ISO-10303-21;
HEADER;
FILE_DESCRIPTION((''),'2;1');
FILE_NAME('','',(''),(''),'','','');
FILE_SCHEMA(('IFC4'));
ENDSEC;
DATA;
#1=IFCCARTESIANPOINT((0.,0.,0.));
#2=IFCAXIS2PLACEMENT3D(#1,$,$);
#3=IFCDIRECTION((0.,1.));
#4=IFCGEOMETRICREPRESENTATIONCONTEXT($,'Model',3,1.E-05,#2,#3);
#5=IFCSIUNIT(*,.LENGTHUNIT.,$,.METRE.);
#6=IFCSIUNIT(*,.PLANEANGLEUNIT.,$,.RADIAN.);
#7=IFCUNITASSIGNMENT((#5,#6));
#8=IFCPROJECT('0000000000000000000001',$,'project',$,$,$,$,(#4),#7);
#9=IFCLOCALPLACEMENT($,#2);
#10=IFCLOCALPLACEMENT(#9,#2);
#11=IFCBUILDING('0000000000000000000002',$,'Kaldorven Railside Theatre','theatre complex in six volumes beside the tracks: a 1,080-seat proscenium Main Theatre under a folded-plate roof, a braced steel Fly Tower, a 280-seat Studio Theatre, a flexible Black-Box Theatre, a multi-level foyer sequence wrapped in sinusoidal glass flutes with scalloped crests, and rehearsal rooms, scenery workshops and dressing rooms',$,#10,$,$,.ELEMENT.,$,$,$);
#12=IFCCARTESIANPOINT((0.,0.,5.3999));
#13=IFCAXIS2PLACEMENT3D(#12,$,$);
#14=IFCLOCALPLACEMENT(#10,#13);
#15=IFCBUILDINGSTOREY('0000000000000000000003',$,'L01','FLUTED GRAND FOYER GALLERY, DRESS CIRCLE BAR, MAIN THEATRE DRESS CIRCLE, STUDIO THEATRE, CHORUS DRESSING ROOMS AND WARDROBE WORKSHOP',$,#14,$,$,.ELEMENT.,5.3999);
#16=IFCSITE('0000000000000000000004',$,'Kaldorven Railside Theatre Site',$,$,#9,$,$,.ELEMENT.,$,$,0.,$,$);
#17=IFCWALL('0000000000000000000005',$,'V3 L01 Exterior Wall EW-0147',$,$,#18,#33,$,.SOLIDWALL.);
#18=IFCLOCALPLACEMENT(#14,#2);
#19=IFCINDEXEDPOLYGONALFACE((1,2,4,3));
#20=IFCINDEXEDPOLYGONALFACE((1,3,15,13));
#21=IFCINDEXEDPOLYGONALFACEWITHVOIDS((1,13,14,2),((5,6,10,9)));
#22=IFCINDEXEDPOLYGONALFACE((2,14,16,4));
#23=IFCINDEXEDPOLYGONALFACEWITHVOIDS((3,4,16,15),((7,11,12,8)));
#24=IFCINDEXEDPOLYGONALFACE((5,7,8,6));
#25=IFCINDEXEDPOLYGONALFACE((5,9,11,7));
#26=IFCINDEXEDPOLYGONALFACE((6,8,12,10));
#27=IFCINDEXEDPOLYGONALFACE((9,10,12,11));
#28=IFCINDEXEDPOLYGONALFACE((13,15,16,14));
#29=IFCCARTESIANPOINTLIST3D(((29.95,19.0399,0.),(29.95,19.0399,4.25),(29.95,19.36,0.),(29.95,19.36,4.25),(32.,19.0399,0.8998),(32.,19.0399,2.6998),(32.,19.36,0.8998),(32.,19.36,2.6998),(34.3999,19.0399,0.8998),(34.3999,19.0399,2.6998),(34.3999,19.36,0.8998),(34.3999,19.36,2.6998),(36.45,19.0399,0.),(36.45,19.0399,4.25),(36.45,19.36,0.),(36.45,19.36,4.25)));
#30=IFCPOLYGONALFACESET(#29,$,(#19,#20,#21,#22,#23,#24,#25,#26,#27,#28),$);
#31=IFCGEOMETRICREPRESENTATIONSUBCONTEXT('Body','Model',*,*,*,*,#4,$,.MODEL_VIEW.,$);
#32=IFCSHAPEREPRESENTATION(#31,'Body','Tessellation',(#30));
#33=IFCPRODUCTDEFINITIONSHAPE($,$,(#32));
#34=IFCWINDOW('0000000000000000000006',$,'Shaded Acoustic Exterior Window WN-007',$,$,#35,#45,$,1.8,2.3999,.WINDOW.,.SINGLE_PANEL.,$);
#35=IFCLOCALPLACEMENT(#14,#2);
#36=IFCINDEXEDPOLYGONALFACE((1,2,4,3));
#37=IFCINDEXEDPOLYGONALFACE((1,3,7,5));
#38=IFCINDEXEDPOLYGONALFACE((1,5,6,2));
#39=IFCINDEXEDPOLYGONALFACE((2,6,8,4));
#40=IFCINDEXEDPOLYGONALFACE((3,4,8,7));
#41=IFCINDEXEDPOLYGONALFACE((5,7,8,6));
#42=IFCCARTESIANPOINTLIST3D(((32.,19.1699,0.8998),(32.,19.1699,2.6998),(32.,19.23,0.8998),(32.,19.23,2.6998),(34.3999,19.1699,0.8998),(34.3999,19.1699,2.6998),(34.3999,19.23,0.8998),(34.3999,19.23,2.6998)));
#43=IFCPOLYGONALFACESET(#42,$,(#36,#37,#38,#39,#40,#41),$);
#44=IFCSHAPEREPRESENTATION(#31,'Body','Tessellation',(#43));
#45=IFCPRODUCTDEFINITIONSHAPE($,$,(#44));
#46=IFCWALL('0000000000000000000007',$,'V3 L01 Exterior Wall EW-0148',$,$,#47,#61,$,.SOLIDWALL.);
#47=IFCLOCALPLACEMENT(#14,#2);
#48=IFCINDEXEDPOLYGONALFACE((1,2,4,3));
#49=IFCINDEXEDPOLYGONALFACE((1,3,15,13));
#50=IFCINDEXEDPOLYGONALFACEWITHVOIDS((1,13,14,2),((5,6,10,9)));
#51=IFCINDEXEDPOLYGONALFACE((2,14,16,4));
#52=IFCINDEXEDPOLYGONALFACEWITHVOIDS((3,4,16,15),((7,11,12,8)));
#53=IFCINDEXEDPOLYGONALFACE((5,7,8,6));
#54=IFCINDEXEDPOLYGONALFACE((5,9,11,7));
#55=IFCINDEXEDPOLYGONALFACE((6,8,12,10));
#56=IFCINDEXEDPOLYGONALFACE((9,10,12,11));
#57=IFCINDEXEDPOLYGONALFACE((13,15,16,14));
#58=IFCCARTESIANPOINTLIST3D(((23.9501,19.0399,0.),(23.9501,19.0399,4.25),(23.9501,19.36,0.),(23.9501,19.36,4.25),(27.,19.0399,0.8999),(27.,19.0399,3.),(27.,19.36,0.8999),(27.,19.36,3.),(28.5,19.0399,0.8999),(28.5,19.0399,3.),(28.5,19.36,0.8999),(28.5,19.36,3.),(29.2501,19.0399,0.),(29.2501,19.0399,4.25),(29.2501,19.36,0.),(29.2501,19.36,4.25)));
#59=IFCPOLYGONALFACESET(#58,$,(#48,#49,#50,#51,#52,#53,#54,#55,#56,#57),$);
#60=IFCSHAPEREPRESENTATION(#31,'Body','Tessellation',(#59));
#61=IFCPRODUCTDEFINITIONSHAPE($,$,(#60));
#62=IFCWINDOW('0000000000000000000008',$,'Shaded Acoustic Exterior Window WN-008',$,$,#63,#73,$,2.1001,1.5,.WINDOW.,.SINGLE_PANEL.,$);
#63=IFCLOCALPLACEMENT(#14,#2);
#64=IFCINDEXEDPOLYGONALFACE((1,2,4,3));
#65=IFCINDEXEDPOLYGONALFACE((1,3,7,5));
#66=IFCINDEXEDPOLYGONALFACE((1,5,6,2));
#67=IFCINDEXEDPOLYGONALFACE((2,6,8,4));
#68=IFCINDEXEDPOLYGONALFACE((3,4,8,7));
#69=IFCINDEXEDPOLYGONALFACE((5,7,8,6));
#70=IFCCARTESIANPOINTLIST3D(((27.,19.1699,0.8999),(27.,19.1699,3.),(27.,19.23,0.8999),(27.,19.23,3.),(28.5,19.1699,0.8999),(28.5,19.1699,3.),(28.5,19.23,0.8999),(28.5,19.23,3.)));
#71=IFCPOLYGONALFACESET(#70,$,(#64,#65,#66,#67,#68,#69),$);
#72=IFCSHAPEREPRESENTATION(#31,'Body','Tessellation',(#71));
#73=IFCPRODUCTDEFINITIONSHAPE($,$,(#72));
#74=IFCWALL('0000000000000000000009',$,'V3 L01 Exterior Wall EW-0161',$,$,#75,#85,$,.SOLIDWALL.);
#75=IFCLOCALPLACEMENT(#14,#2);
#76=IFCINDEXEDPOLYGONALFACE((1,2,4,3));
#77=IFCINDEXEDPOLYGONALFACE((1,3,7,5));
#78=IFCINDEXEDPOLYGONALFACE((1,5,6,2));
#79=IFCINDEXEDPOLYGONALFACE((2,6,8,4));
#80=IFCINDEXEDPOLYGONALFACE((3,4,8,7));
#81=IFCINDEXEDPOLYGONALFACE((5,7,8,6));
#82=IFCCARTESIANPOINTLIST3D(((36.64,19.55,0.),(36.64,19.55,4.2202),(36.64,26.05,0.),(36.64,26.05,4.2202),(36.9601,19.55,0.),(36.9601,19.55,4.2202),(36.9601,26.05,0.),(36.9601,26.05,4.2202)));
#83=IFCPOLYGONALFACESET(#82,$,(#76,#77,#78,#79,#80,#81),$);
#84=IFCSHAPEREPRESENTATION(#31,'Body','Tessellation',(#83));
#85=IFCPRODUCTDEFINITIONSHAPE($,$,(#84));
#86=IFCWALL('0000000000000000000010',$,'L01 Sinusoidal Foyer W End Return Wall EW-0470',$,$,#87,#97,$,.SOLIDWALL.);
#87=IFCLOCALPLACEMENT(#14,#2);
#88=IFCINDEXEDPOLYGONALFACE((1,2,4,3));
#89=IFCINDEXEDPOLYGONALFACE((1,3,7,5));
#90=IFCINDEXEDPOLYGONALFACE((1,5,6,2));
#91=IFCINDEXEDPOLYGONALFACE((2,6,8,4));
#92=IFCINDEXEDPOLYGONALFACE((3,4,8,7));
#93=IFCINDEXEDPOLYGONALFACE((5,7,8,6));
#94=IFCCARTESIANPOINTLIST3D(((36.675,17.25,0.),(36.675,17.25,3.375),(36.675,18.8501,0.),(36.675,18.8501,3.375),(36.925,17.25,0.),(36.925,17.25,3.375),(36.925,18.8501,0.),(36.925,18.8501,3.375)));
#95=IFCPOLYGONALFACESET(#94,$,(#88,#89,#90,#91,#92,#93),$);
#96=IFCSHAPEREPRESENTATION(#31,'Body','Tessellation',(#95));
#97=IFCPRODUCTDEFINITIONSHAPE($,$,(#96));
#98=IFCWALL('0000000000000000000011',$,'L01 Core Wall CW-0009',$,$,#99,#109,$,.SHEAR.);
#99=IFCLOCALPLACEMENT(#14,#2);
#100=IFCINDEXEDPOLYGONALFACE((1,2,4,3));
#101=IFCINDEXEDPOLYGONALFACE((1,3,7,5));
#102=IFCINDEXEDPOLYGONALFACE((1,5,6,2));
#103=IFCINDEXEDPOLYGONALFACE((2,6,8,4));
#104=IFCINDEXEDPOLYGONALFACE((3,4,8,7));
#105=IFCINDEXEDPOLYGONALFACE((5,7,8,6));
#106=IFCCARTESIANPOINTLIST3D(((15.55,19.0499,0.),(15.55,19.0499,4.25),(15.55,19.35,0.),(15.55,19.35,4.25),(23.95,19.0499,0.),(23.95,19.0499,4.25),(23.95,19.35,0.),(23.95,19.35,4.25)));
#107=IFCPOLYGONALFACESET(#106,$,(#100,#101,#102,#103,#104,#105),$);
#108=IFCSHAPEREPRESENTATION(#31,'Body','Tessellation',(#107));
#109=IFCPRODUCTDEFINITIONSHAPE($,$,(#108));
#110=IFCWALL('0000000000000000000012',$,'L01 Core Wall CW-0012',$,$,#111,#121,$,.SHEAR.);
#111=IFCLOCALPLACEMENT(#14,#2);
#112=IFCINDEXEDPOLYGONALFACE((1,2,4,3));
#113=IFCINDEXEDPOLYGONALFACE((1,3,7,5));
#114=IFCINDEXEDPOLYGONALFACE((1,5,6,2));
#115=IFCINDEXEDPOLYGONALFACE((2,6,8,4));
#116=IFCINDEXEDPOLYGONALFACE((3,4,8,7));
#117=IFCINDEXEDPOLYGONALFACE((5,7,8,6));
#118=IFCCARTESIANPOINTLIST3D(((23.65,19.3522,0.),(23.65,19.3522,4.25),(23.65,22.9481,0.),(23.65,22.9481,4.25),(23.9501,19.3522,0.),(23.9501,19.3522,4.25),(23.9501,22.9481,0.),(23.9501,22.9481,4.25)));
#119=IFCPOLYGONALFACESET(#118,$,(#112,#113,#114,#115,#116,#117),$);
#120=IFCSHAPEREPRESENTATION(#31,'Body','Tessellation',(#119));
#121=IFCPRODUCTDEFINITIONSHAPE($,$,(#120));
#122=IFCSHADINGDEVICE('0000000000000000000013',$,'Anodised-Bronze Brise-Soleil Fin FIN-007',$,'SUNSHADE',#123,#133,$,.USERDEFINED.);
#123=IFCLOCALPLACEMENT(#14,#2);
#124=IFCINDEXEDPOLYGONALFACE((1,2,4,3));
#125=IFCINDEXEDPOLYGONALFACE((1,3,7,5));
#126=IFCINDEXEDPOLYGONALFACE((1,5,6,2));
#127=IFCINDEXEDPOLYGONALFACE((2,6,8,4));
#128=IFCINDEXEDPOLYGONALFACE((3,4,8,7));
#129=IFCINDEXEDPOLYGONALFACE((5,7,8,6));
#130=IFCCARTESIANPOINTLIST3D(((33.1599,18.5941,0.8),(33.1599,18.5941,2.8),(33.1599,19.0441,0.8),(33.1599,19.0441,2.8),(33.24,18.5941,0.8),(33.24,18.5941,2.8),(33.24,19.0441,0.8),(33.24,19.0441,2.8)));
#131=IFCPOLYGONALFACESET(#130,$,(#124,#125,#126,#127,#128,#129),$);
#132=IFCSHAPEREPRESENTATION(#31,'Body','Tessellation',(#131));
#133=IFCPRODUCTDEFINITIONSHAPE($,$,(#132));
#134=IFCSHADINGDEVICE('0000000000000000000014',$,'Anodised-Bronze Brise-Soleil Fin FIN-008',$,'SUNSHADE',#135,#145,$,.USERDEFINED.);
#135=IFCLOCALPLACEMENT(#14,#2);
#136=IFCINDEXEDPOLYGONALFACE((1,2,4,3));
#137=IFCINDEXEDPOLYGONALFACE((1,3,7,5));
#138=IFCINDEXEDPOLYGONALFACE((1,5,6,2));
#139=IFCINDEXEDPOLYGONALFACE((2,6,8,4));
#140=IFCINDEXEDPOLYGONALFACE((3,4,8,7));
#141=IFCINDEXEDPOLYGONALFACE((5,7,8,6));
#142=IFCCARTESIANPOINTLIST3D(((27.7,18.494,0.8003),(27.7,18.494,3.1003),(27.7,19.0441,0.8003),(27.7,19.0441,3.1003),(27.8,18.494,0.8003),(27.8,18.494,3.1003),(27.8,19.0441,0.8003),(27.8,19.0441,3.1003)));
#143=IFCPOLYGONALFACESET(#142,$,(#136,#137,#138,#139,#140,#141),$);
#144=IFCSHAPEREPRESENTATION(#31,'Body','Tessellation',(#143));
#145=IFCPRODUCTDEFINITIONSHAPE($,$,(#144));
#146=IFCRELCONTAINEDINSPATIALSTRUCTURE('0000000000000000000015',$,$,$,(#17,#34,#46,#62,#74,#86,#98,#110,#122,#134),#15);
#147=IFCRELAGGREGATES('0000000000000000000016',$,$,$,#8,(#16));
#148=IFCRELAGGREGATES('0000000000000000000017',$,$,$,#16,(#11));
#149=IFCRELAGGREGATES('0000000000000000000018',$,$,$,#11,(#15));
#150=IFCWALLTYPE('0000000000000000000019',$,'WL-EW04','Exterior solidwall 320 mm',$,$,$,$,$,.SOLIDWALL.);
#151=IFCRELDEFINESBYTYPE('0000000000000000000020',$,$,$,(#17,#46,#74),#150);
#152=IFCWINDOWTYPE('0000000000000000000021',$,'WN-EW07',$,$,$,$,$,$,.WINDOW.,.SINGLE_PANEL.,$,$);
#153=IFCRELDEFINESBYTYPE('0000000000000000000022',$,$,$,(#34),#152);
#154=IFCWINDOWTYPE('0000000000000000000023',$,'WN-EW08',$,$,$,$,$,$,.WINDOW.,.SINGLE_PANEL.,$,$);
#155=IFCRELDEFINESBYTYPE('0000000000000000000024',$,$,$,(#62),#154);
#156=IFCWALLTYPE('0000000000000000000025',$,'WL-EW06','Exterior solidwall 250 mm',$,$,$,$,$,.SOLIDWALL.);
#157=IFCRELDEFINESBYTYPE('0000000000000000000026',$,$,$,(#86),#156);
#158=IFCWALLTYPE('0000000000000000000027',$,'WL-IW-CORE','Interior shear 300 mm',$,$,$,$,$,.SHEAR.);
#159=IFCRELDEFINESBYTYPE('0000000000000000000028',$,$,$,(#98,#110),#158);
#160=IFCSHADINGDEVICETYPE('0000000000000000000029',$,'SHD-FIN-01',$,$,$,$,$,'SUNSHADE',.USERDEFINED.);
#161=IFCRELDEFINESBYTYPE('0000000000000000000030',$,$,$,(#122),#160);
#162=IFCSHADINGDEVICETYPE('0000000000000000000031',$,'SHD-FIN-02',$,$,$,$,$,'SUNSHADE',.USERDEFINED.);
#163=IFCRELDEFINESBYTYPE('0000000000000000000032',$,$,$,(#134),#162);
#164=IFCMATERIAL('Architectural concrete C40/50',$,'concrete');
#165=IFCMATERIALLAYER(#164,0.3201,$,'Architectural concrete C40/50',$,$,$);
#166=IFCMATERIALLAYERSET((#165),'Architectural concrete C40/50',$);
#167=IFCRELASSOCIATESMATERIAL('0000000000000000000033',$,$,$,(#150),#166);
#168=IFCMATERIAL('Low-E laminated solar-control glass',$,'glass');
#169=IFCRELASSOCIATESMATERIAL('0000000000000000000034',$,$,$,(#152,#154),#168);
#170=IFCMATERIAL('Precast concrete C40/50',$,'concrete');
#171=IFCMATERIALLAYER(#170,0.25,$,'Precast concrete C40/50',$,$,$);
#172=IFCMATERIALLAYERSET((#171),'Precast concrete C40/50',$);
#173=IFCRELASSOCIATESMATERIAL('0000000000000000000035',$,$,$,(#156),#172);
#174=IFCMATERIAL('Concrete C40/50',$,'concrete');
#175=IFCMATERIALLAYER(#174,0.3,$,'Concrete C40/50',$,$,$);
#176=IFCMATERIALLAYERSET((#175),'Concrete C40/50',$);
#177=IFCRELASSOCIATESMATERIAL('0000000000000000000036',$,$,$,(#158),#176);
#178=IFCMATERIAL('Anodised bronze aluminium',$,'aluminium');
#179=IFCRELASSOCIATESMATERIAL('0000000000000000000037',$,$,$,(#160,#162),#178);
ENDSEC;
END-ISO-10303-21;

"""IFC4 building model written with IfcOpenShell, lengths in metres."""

from ifc_helpers import new_model, si_unit, direction, frame, frame_2d, origin, origin_2d, place, context, subcontext, project, spatial, rectangle, extrude, material, layer, layer_set, type_object, element, fill, save


model = new_model("IFC4")

# Units and contexts
model_context = context("Model", 3, precision=1e-05, world=origin(), true_north=direction((0.0, 1.0)))
body_context = subcontext(model_context, "Body", "Model", "MODEL_VIEW")
ifc_project = project(units=[si_unit("LENGTHUNIT", "METRE"), si_unit("PLANEANGLEUNIT", "RADIAN")], contexts=[model_context])

# Site, building, storey
site_placement = place(None, origin())
site = spatial("IfcSite", under=ifc_project, at=site_placement, Name="Kaldorven Railside Theatre Site", CompositionType="ELEMENT", RefElevation=0.0)
building_placement = place(site_placement, origin())
building = spatial("IfcBuilding", under=site, at=building_placement, Name="Kaldorven Railside Theatre", Description="theatre complex in six volumes beside the tracks: a 1,080-seat proscenium Main Theatre under a folded-plate roof, a braced steel Fly Tower, a 280-seat Studio Theatre, a flexible Black-Box Theatre, a multi-level foyer sequence wrapped in sinusoidal glass flutes with scalloped crests, and rehearsal rooms, scenery workshops and dressing rooms", CompositionType="ELEMENT")
storey_placement = place(building_placement, frame((0.0, 0.0, 5.3999)))
storey = spatial("IfcBuildingStorey", under=building, at=storey_placement, Name="L01", Description="FLUTED GRAND FOYER GALLERY, DRESS CIRCLE BAR, MAIN THEATRE DRESS CIRCLE, STUDIO THEATRE, CHORUS DRESSING ROOMS AND WARDROBE WORKSHOP", CompositionType="ELEMENT", Elevation=5.3999)

# Shared definitions
ifc_material_1 = material(Name="Concrete C40/50", Category="concrete")

# Walls, openings, windows
ifc_material_2 = material(Name="Architectural concrete C40/50", Category="concrete")
ifc_layer_1 = layer(ifc_material_2, 0.3201, Name="Architectural concrete C40/50")
ifc_layer_set_1 = layer_set([ifc_layer_1], Name="Architectural concrete C40/50")
wall_type_1 = type_object("IfcWallType", Name="WL-EW04", Description="Exterior solidwall 320 mm", PredefinedType="SOLIDWALL", material=ifc_layer_set_1)
wall_1_placement = place(storey_placement, frame((36.45, 19.2, 0.0), z_axis=(0.0, 0.0, 1.0), x_axis=(-1.0, 0.0, 0.0)))
wall_1 = element("IfcWall", 1, at=wall_1_placement, inside=storey, type_object=wall_type_1, Name="V3 L01 Exterior Wall EW-0147", PredefinedType="SOLIDWALL", context=body_context, shape_type="SweptSolid", body=[
    extrude(rectangle(XDim=6.5, YDim=0.3201, at=frame_2d((3.25, 0.0))), origin(), (0.0, 0.0, 1.0), 4.25),
])
opening_1_placement = place(wall_1_placement, frame((2.05, 0.0, 0.8999)))
opening_1 = element("IfcOpeningElement", 2, at=opening_1_placement, cuts=wall_1, PredefinedType="OPENING", context=body_context, shape_type="SweptSolid", body=[
    extrude(rectangle(XDim=2.3999, YDim=1.8, at=frame_2d((1.2, 0.8999))), frame((0.0, 0.1699, 0.0), z_axis=(0.0, -1.0, 0.0), x_axis=(1.0, 0.0, 0.0)), (0.0, 0.0, 1.0), 0.3401),
])
ifc_material_3 = material(Name="Low-E laminated solar-control glass", Category="glass")
window_type_1 = type_object("IfcWindowType", Name="WN-EW07", PartitioningType="SINGLE_PANEL", PredefinedType="WINDOW", material=ifc_material_3)
window_1_placement = place(opening_1_placement, origin())
window_1 = element("IfcWindow", 3, at=window_1_placement, inside=storey, type_object=window_type_1, Name="Shaded Acoustic Exterior Window WN-007", OverallHeight=1.8, OverallWidth=2.3999, PartitioningType="SINGLE_PANEL", PredefinedType="WINDOW", context=body_context, shape_type="SweptSolid", body=[
    extrude(rectangle(XDim=2.3999, YDim=1.8, at=frame_2d((1.2, 0.8999))), frame((0.0, 0.03, 0.0), z_axis=(0.0, -1.0, 0.0), x_axis=(1.0, 0.0, 0.0)), (0.0, 0.0, 1.0), 0.0601),
])
fill(opening_1, window_1)
wall_2_placement = place(storey_placement, frame((29.25, 19.2, 0.0), z_axis=(0.0, 0.0, 1.0), x_axis=(-1.0, 0.0, 0.0)))
wall_2 = element("IfcWall", 4, at=wall_2_placement, inside=storey, type_object=wall_type_1, Name="V3 L01 Exterior Wall EW-0148", PredefinedType="SOLIDWALL", context=body_context, shape_type="SweptSolid", body=[
    extrude(rectangle(XDim=5.3, YDim=0.3201, at=frame_2d((2.6499, 0.0))), origin(), (0.0, 0.0, 1.0), 4.25),
])
opening_2_placement = place(wall_2_placement, frame((0.75, 0.0, 0.8999)))
opening_2 = element("IfcOpeningElement", 5, at=opening_2_placement, cuts=wall_2, PredefinedType="OPENING", context=body_context, shape_type="SweptSolid", body=[
    extrude(rectangle(XDim=1.5, YDim=2.1001, at=frame_2d((0.75, 1.05))), frame((0.0, 0.1699, 0.0), z_axis=(0.0, -1.0, 0.0), x_axis=(1.0, 0.0, 0.0)), (0.0, 0.0, 1.0), 0.3401),
])
window_type_2 = type_object("IfcWindowType", Name="WN-EW08", PartitioningType="SINGLE_PANEL", PredefinedType="WINDOW", material=ifc_material_3)
window_2_placement = place(opening_2_placement, origin())
window_2 = element("IfcWindow", 6, at=window_2_placement, inside=storey, type_object=window_type_2, Name="Shaded Acoustic Exterior Window WN-008", OverallHeight=2.1001, OverallWidth=1.5, PartitioningType="SINGLE_PANEL", PredefinedType="WINDOW", context=body_context, shape_type="SweptSolid", body=[
    extrude(rectangle(XDim=1.5, YDim=2.1001, at=frame_2d((0.75, 1.05))), frame((0.0, 0.03, 0.0), z_axis=(0.0, -1.0, 0.0), x_axis=(1.0, 0.0, 0.0)), (0.0, 0.0, 1.0), 0.0601),
])
fill(opening_2, window_2)

# Walls
wall_3_placement = place(storey_placement, frame((36.8, 26.05, 0.0), z_axis=(0.0, 0.0, 1.0), x_axis=(0.0, -1.0, 0.0)))
element("IfcWall", 7, at=wall_3_placement, inside=storey, type_object=wall_type_1, Name="V3 L01 Exterior Wall EW-0161", PredefinedType="SOLIDWALL", context=body_context, shape_type="SweptSolid", body=[
    extrude(rectangle(XDim=6.5, YDim=0.3201, at=frame_2d((3.25, 0.0))), origin(), (0.0, 0.0, 1.0), 4.2202),
])
ifc_material_4 = material(Name="Precast concrete C40/50", Category="concrete")
ifc_layer_2 = layer(ifc_material_4, 0.25, Name="Precast concrete C40/50")
ifc_layer_set_2 = layer_set([ifc_layer_2], Name="Precast concrete C40/50")
wall_type_2 = type_object("IfcWallType", Name="WL-EW06", Description="Exterior solidwall 250 mm", PredefinedType="SOLIDWALL", material=ifc_layer_set_2)
wall_4_placement = place(storey_placement, frame((36.8, 17.25, 0.0), z_axis=(0.0, 0.0, 1.0), x_axis=(0.0, 1.0, 0.0)))
element("IfcWall", 8, at=wall_4_placement, inside=storey, type_object=wall_type_2, Name="L01 Sinusoidal Foyer W End Return Wall EW-0470", PredefinedType="SOLIDWALL", context=body_context, shape_type="SweptSolid", body=[
    extrude(rectangle(XDim=1.6001, YDim=0.25, at=frame_2d((0.8, 0.0))), origin(), (0.0, 0.0, 1.0), 3.375),
])
ifc_layer_3 = layer(ifc_material_1, 0.3, Name="Concrete C40/50")
ifc_layer_set_3 = layer_set([ifc_layer_3], Name="Concrete C40/50")
wall_type_3 = type_object("IfcWallType", Name="WL-IW-CORE", Description="Interior shear 300 mm", PredefinedType="SHEAR", material=ifc_layer_set_3)
wall_5_placement = place(storey_placement, frame((23.95, 19.2, 0.0), z_axis=(0.0, 0.0, 1.0), x_axis=(-1.0, 0.0, 0.0)))
element("IfcWall", 9, at=wall_5_placement, inside=storey, type_object=wall_type_3, Name="L01 Core Wall CW-0009", PredefinedType="SHEAR", context=body_context, shape_type="SweptSolid", body=[
    extrude(rectangle(XDim=8.3999, YDim=0.3, at=frame_2d((4.2, 0.0))), origin(), (0.0, 0.0, 1.0), 4.25),
])
wall_6_placement = place(storey_placement, frame((23.8, 22.948, 0.0), z_axis=(0.0, 0.0, 1.0), x_axis=(0.0, -1.0, 0.0)))
element("IfcWall", 10, at=wall_6_placement, inside=storey, type_object=wall_type_3, Name="L01 Core Wall CW-0012", PredefinedType="SHEAR", context=body_context, shape_type="SweptSolid", body=[
    extrude(rectangle(XDim=3.5959, YDim=0.3, at=frame_2d((1.7979, 0.0))), origin(), (0.0, 0.0, 1.0), 4.25),
])

# Shading devices
ifc_material_5 = material(Name="Anodised bronze aluminium", Category="aluminium")
shading_device_type_1 = type_object("IfcShadingDeviceType", Name="SHD-FIN-01", ElementType="SUNSHADE", PredefinedType="USERDEFINED", material=ifc_material_5)
shading_device_1_placement = place(storey_placement, frame((33.2, 18.8191, 0.8), z_axis=(0.0, 0.0, 1.0), x_axis=(-1.0, 0.0, 0.0)))
element("IfcShadingDevice", 11, at=shading_device_1_placement, inside=storey, type_object=shading_device_type_1, Name="Anodised-Bronze Brise-Soleil Fin FIN-007", ObjectType="SUNSHADE", PredefinedType="USERDEFINED", context=body_context, shape_type="SweptSolid", body=[
    extrude(rectangle(XDim=0.0801, YDim=0.45, at=origin_2d()), origin(), (0.0, 0.0, 1.0), 2.0),
])
shading_device_type_2 = type_object("IfcShadingDeviceType", Name="SHD-FIN-02", ElementType="SUNSHADE", PredefinedType="USERDEFINED", material=ifc_material_5)
shading_device_2_placement = place(storey_placement, frame((27.75, 18.769, 0.8003), z_axis=(0.0, 0.0, 1.0), x_axis=(-1.0, 0.0, 0.0)))
element("IfcShadingDevice", 12, at=shading_device_2_placement, inside=storey, type_object=shading_device_type_2, Name="Anodised-Bronze Brise-Soleil Fin FIN-008", ObjectType="SUNSHADE", PredefinedType="USERDEFINED", context=body_context, shape_type="SweptSolid", body=[
    extrude(rectangle(XDim=0.1001, YDim=0.55, at=origin_2d()), origin(), (0.0, 0.0, 1.0), 2.3),
])

save(model, "model.ifc")
